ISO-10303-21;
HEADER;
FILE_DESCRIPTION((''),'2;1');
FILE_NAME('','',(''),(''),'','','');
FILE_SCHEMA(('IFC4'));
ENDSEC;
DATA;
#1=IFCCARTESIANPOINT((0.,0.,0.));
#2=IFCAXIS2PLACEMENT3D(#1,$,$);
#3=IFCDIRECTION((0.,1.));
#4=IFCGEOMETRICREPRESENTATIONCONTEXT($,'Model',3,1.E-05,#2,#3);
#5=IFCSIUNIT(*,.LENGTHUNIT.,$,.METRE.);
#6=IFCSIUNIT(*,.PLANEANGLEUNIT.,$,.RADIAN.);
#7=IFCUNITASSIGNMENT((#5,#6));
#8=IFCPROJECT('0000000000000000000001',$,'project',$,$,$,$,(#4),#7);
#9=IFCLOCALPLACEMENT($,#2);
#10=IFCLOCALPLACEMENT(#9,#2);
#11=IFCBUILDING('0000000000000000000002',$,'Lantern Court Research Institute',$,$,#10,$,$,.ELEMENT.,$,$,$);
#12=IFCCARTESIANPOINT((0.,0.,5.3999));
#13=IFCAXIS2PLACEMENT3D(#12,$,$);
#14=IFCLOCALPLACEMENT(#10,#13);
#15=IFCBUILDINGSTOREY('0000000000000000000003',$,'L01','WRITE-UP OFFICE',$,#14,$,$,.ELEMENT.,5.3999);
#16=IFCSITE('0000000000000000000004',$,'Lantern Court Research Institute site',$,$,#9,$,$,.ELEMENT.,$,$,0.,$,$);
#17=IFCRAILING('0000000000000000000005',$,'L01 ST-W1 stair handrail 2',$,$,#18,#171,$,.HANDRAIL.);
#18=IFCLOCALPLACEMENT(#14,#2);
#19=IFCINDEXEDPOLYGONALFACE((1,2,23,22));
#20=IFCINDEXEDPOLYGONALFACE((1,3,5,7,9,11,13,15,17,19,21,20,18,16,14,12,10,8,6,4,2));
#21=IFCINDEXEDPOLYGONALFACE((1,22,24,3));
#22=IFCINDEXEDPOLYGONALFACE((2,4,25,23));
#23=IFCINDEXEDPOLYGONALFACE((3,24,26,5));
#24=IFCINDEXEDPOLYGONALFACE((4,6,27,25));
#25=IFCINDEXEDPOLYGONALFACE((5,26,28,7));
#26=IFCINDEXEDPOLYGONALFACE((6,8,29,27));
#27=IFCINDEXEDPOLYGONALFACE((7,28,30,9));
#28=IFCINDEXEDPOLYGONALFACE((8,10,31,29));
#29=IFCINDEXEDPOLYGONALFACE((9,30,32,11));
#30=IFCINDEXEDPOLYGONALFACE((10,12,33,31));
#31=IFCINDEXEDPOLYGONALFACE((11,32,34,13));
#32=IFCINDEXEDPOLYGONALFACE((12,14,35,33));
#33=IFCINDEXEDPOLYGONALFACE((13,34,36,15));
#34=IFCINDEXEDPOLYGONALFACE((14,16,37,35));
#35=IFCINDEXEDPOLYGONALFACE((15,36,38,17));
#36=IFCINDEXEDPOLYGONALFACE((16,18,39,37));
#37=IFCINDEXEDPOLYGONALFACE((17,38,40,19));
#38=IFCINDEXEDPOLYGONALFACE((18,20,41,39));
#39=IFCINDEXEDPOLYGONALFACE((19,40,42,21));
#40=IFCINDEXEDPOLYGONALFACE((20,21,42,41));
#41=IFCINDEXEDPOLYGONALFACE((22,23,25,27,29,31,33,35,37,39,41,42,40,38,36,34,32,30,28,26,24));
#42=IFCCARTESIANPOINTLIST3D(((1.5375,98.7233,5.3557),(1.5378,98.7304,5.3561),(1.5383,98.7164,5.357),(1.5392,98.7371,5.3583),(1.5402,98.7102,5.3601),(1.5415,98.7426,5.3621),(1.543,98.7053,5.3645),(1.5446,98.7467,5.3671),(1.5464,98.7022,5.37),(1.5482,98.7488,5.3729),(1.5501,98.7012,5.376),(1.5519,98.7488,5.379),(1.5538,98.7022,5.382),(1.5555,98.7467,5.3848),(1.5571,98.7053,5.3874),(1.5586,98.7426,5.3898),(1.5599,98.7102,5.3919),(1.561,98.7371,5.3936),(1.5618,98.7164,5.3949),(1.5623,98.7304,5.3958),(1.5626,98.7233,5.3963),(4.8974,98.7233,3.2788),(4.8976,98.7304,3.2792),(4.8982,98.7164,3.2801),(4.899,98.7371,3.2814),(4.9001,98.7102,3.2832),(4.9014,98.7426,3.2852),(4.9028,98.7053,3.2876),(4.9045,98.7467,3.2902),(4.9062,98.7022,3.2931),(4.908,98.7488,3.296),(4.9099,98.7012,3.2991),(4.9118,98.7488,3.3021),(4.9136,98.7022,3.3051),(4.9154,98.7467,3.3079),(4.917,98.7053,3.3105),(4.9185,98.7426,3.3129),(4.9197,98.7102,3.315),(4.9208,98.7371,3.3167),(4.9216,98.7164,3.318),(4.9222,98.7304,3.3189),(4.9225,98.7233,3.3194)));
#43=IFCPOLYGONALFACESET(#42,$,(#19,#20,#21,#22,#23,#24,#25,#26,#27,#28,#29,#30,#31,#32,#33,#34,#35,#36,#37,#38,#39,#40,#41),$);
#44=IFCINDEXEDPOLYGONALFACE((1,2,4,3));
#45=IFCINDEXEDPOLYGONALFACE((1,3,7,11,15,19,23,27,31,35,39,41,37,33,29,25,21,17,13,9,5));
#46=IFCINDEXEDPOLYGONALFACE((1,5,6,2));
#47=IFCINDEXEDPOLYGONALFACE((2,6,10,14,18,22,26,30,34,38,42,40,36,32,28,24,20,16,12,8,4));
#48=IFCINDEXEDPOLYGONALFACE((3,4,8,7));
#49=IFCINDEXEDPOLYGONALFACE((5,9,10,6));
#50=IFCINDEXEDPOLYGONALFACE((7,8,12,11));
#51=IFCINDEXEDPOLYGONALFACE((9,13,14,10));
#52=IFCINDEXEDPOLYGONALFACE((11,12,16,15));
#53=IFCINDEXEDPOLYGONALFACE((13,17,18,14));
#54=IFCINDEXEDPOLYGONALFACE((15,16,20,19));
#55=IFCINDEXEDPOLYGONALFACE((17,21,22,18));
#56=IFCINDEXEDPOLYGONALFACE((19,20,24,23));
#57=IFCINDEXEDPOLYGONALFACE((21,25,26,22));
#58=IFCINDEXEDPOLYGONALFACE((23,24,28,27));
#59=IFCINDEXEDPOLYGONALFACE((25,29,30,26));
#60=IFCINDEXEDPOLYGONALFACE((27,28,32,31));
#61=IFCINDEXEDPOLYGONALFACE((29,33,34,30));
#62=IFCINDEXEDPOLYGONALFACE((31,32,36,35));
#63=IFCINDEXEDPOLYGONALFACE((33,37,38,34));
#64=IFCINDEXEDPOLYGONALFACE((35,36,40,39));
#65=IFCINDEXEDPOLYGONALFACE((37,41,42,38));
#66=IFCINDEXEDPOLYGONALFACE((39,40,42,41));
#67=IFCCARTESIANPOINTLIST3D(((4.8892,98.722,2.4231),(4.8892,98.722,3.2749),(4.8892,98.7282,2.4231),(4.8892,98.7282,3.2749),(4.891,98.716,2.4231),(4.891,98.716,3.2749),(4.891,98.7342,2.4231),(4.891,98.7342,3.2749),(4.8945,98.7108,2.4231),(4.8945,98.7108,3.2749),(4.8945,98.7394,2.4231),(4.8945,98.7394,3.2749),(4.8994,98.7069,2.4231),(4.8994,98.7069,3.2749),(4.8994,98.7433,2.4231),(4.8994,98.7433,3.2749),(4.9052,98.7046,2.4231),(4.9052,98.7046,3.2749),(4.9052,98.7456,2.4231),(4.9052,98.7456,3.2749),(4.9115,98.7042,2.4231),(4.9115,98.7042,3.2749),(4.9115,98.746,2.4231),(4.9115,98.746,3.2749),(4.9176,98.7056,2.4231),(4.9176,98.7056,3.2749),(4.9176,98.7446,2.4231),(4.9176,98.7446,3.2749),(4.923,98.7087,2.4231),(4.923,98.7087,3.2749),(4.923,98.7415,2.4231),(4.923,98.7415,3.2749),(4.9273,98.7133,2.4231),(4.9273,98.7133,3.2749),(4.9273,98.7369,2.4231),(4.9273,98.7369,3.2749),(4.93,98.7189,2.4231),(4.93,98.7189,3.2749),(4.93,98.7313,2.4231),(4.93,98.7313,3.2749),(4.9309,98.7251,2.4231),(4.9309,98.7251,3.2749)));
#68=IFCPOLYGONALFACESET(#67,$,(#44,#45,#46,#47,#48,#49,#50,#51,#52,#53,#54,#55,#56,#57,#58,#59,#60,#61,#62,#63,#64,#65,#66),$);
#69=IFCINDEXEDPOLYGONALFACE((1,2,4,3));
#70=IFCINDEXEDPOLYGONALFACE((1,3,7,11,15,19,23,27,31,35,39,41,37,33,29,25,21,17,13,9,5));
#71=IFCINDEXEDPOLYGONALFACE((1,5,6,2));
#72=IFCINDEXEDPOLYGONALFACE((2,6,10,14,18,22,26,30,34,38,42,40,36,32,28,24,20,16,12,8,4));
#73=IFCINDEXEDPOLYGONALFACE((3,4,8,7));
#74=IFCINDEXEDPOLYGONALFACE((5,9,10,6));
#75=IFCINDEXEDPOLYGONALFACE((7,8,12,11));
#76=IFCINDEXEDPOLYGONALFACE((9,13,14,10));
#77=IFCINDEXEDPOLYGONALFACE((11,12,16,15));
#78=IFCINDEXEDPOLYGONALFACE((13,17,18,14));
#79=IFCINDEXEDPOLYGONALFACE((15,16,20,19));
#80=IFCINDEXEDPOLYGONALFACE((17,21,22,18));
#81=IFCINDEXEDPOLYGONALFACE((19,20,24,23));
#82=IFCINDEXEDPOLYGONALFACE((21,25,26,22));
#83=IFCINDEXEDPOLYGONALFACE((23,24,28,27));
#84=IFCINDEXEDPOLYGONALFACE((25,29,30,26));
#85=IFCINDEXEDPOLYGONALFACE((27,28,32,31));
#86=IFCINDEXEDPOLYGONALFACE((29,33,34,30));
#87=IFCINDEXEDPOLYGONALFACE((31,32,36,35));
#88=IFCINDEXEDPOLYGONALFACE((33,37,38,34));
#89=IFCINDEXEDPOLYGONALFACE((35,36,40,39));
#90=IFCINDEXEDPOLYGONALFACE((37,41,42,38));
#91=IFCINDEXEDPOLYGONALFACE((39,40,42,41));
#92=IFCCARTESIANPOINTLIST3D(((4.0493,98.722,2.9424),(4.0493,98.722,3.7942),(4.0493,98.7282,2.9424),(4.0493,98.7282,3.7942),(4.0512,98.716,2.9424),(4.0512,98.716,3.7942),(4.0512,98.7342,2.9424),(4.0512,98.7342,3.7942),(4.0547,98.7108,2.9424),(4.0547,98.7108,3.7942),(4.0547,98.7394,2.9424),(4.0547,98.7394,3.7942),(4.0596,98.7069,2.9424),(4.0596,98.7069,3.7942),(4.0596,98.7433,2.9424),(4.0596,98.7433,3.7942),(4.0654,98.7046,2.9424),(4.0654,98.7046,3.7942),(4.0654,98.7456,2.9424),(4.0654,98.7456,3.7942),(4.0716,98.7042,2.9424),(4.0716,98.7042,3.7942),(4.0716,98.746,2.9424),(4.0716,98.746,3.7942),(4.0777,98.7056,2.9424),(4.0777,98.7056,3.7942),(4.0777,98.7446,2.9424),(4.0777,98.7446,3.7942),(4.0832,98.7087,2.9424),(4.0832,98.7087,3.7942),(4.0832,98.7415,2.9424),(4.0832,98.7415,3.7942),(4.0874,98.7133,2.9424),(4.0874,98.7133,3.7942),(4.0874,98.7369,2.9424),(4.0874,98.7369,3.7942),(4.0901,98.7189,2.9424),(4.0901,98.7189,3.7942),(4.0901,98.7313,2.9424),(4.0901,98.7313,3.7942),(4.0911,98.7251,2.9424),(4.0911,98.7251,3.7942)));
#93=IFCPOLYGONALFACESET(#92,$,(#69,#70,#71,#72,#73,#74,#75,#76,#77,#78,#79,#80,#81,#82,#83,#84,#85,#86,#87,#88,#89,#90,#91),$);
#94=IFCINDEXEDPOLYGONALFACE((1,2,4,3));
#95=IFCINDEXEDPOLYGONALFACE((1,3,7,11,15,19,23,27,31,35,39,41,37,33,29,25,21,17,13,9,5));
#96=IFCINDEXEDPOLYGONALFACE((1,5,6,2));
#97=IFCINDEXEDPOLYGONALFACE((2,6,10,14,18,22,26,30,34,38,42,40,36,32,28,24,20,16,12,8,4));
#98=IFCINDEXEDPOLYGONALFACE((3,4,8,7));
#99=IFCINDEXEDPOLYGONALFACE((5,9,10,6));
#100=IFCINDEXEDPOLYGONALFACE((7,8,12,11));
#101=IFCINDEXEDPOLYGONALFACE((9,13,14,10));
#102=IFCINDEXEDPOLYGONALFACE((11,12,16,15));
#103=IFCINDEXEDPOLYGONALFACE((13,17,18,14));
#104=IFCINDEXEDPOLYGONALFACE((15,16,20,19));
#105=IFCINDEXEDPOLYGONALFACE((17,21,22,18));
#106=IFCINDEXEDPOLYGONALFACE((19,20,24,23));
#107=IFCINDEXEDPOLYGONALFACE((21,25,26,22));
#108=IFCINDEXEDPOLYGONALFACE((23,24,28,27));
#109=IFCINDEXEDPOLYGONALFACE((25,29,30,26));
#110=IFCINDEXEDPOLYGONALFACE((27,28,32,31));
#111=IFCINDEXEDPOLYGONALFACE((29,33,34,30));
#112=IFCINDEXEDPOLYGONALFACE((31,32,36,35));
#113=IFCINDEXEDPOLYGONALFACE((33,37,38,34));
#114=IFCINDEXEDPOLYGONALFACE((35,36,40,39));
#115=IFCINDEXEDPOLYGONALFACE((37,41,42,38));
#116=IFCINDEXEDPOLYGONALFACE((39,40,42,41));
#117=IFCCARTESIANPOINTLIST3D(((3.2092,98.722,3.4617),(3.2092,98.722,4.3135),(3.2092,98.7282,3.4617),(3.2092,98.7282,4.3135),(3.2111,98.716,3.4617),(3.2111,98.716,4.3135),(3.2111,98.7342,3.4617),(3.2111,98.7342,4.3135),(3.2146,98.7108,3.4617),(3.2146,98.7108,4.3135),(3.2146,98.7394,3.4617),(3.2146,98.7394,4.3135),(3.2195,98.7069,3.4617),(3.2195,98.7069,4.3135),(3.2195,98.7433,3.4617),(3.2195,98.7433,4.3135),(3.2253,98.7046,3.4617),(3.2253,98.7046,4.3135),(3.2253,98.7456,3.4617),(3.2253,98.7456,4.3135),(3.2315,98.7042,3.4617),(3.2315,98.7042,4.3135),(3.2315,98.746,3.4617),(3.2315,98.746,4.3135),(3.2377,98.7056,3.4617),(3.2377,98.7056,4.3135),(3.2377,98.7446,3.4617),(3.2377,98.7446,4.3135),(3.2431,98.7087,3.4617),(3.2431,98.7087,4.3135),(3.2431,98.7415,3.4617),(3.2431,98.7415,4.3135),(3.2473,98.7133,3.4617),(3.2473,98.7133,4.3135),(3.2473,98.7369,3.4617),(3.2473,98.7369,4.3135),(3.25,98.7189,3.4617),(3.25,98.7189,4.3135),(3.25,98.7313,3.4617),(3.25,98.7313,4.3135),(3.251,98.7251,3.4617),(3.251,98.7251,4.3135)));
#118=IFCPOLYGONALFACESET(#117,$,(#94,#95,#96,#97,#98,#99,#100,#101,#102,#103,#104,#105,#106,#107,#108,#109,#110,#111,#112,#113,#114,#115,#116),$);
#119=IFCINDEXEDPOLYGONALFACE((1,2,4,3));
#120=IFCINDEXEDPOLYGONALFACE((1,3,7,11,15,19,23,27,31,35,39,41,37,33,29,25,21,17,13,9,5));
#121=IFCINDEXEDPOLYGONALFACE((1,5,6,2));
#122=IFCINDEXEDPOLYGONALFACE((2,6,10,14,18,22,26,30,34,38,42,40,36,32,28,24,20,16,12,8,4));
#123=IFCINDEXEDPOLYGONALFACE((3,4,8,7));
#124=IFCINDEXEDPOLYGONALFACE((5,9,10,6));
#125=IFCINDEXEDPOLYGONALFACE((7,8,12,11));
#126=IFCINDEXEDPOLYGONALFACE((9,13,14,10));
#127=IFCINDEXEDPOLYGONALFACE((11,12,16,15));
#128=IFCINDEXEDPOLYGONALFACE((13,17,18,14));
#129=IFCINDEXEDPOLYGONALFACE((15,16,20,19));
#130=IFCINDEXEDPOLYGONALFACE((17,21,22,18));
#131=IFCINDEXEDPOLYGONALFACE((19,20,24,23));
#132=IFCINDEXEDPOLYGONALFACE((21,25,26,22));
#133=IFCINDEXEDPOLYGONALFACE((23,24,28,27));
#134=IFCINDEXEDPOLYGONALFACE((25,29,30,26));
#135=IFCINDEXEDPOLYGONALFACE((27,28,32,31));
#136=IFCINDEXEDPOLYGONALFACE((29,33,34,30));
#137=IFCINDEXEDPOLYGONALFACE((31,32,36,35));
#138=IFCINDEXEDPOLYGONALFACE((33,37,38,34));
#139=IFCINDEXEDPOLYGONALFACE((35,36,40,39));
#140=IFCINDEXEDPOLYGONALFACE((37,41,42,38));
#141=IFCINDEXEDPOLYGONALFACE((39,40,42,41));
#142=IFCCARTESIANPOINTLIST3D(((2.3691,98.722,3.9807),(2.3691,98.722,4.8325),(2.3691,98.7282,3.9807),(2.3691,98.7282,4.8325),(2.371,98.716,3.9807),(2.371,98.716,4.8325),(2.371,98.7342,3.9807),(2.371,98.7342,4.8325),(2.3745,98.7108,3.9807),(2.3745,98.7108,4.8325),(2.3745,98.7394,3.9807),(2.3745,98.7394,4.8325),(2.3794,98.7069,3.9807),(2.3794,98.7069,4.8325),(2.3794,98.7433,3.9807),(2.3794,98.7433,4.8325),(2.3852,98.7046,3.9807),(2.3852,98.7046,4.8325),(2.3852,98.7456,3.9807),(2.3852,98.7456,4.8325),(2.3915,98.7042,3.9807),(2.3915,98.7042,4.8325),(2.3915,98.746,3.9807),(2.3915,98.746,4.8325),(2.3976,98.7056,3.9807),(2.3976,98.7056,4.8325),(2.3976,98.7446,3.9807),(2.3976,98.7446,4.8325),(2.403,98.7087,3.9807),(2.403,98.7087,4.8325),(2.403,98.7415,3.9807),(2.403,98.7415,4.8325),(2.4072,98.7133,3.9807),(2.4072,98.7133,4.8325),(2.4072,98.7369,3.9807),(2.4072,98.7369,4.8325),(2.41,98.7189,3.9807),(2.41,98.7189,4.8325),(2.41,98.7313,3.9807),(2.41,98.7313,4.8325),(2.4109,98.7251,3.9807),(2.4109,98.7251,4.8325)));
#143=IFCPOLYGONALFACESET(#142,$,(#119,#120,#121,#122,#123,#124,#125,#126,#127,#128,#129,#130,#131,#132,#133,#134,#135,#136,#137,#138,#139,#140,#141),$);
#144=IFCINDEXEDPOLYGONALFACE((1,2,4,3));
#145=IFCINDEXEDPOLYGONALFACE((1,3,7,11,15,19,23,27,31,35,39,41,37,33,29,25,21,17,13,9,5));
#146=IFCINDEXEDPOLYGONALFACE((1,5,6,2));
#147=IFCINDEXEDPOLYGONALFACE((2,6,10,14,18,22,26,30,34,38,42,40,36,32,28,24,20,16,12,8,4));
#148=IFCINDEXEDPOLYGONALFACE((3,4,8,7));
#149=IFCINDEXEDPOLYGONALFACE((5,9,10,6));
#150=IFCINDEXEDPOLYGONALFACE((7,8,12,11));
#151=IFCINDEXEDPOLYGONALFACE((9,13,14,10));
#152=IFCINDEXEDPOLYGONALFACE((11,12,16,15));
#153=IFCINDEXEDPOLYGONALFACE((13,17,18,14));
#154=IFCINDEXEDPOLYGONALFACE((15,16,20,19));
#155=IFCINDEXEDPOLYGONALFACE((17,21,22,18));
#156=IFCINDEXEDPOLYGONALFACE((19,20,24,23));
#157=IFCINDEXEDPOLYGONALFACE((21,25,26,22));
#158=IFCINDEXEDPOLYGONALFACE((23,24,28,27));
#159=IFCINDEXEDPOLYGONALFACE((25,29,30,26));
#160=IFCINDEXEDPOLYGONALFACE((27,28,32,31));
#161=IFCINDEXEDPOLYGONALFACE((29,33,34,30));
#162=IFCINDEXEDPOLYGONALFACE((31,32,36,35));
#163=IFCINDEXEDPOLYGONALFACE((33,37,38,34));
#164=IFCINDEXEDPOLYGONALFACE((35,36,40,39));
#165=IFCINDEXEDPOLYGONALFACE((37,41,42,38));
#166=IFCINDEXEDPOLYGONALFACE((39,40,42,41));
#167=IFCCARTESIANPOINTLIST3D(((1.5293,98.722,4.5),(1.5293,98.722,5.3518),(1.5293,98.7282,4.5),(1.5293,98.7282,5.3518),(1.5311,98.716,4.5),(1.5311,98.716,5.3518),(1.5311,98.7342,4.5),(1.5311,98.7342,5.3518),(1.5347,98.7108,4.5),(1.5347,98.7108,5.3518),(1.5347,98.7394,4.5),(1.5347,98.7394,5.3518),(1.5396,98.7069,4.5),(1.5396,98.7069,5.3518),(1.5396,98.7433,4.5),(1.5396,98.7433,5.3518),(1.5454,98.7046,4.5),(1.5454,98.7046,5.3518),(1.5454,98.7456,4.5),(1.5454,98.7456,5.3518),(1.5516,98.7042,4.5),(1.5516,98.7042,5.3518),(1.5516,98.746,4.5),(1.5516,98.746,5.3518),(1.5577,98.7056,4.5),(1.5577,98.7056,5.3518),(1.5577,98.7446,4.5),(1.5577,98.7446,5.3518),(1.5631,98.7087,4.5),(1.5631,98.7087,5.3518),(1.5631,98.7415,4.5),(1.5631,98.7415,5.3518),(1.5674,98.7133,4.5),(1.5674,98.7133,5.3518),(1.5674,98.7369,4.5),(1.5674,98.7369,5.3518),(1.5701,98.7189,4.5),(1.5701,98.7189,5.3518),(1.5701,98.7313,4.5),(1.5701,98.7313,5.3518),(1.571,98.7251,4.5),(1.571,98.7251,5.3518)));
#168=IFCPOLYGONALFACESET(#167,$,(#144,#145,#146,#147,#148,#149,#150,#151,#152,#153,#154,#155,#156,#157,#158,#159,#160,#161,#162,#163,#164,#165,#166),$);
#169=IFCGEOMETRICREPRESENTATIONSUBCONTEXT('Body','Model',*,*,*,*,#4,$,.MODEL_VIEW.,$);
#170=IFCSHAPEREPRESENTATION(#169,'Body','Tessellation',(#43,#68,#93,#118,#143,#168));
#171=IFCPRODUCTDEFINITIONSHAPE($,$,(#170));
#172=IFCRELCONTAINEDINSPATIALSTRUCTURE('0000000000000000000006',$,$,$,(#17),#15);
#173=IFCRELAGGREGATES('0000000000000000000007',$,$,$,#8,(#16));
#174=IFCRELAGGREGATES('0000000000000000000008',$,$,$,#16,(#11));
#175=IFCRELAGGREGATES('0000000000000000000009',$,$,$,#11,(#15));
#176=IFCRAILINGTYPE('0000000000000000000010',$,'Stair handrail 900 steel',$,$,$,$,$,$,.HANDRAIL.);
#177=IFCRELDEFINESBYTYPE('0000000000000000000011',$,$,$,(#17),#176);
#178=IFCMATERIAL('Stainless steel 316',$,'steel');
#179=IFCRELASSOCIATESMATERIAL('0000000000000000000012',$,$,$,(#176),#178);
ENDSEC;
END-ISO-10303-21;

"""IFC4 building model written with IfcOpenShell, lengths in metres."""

from ifc_helpers import new_model, si_unit, direction, frame, origin, origin_2d, place, context, subcontext, project, spatial, circle, extrude, material, type_object, element, save


model = new_model("IFC4")

# Units and contexts
model_context = context("Model", 3, precision=1e-05, world=origin(), true_north=direction((0.0, 1.0)))
body_context = subcontext(model_context, "Body", "Model", "MODEL_VIEW")
ifc_project = project(units=[si_unit("LENGTHUNIT", "METRE"), si_unit("PLANEANGLEUNIT", "RADIAN")], contexts=[model_context])

# Site, building, storey
site_placement = place(None, origin())
site = spatial("IfcSite", under=ifc_project, at=site_placement, Name="Lantern Court Research Institute site", CompositionType="ELEMENT", RefElevation=0.0)
building_placement = place(site_placement, origin())
building = spatial("IfcBuilding", under=site, at=building_placement, Name="Lantern Court Research Institute", CompositionType="ELEMENT")
storey_placement = place(building_placement, frame((0.0, 0.0, 5.3999)))
storey = spatial("IfcBuildingStorey", under=building, at=storey_placement, Name="L01", Description="WRITE-UP OFFICE", CompositionType="ELEMENT", Elevation=5.3999)

# Railing
ifc_material_1 = material(Name="Stainless steel 316", Category="steel")
railing_type_1 = type_object("IfcRailingType", Name="Stair handrail 900 steel", PredefinedType="HANDRAIL", material=ifc_material_1)
railing_1_placement = place(storey_placement, frame((4.9099, 98.7251, 2.4231)))
element("IfcRailing", 1, at=railing_1_placement, inside=storey, type_object=railing_type_1, Name="L01 ST-W1 stair handrail 2", PredefinedType="HANDRAIL", context=body_context, shape_type="SweptSolid", body=[
    extrude(circle(Radius=0.0239, at=origin_2d()), frame((0.0, 0.0, 0.876), z_axis=(-0.850606, 0.0, 0.525803), x_axis=(0.0, -1.0, 0.0)), (0.0, 0.0, 1.0), 3.95),
    extrude(circle(Radius=0.021, at=origin_2d()), origin(), (0.0, 0.0, 1.0), 0.8518),
    extrude(circle(Radius=0.021, at=origin_2d()), frame((-0.8398, 0.0, 0.5193)), (0.0, 0.0, 1.0), 0.8518),
    extrude(circle(Radius=0.021, at=origin_2d()), frame((-1.6799, 0.0, 1.0386)), (0.0, 0.0, 1.0), 0.8518),
    extrude(circle(Radius=0.021, at=origin_2d()), frame((-2.52, 0.0, 1.5576)), (0.0, 0.0, 1.0), 0.8518),
    extrude(circle(Radius=0.021, at=origin_2d()), frame((-3.3599, 0.0, 2.0769)), (0.0, 0.0, 1.0), 0.8518),
])

save(model, "model.ifc")
